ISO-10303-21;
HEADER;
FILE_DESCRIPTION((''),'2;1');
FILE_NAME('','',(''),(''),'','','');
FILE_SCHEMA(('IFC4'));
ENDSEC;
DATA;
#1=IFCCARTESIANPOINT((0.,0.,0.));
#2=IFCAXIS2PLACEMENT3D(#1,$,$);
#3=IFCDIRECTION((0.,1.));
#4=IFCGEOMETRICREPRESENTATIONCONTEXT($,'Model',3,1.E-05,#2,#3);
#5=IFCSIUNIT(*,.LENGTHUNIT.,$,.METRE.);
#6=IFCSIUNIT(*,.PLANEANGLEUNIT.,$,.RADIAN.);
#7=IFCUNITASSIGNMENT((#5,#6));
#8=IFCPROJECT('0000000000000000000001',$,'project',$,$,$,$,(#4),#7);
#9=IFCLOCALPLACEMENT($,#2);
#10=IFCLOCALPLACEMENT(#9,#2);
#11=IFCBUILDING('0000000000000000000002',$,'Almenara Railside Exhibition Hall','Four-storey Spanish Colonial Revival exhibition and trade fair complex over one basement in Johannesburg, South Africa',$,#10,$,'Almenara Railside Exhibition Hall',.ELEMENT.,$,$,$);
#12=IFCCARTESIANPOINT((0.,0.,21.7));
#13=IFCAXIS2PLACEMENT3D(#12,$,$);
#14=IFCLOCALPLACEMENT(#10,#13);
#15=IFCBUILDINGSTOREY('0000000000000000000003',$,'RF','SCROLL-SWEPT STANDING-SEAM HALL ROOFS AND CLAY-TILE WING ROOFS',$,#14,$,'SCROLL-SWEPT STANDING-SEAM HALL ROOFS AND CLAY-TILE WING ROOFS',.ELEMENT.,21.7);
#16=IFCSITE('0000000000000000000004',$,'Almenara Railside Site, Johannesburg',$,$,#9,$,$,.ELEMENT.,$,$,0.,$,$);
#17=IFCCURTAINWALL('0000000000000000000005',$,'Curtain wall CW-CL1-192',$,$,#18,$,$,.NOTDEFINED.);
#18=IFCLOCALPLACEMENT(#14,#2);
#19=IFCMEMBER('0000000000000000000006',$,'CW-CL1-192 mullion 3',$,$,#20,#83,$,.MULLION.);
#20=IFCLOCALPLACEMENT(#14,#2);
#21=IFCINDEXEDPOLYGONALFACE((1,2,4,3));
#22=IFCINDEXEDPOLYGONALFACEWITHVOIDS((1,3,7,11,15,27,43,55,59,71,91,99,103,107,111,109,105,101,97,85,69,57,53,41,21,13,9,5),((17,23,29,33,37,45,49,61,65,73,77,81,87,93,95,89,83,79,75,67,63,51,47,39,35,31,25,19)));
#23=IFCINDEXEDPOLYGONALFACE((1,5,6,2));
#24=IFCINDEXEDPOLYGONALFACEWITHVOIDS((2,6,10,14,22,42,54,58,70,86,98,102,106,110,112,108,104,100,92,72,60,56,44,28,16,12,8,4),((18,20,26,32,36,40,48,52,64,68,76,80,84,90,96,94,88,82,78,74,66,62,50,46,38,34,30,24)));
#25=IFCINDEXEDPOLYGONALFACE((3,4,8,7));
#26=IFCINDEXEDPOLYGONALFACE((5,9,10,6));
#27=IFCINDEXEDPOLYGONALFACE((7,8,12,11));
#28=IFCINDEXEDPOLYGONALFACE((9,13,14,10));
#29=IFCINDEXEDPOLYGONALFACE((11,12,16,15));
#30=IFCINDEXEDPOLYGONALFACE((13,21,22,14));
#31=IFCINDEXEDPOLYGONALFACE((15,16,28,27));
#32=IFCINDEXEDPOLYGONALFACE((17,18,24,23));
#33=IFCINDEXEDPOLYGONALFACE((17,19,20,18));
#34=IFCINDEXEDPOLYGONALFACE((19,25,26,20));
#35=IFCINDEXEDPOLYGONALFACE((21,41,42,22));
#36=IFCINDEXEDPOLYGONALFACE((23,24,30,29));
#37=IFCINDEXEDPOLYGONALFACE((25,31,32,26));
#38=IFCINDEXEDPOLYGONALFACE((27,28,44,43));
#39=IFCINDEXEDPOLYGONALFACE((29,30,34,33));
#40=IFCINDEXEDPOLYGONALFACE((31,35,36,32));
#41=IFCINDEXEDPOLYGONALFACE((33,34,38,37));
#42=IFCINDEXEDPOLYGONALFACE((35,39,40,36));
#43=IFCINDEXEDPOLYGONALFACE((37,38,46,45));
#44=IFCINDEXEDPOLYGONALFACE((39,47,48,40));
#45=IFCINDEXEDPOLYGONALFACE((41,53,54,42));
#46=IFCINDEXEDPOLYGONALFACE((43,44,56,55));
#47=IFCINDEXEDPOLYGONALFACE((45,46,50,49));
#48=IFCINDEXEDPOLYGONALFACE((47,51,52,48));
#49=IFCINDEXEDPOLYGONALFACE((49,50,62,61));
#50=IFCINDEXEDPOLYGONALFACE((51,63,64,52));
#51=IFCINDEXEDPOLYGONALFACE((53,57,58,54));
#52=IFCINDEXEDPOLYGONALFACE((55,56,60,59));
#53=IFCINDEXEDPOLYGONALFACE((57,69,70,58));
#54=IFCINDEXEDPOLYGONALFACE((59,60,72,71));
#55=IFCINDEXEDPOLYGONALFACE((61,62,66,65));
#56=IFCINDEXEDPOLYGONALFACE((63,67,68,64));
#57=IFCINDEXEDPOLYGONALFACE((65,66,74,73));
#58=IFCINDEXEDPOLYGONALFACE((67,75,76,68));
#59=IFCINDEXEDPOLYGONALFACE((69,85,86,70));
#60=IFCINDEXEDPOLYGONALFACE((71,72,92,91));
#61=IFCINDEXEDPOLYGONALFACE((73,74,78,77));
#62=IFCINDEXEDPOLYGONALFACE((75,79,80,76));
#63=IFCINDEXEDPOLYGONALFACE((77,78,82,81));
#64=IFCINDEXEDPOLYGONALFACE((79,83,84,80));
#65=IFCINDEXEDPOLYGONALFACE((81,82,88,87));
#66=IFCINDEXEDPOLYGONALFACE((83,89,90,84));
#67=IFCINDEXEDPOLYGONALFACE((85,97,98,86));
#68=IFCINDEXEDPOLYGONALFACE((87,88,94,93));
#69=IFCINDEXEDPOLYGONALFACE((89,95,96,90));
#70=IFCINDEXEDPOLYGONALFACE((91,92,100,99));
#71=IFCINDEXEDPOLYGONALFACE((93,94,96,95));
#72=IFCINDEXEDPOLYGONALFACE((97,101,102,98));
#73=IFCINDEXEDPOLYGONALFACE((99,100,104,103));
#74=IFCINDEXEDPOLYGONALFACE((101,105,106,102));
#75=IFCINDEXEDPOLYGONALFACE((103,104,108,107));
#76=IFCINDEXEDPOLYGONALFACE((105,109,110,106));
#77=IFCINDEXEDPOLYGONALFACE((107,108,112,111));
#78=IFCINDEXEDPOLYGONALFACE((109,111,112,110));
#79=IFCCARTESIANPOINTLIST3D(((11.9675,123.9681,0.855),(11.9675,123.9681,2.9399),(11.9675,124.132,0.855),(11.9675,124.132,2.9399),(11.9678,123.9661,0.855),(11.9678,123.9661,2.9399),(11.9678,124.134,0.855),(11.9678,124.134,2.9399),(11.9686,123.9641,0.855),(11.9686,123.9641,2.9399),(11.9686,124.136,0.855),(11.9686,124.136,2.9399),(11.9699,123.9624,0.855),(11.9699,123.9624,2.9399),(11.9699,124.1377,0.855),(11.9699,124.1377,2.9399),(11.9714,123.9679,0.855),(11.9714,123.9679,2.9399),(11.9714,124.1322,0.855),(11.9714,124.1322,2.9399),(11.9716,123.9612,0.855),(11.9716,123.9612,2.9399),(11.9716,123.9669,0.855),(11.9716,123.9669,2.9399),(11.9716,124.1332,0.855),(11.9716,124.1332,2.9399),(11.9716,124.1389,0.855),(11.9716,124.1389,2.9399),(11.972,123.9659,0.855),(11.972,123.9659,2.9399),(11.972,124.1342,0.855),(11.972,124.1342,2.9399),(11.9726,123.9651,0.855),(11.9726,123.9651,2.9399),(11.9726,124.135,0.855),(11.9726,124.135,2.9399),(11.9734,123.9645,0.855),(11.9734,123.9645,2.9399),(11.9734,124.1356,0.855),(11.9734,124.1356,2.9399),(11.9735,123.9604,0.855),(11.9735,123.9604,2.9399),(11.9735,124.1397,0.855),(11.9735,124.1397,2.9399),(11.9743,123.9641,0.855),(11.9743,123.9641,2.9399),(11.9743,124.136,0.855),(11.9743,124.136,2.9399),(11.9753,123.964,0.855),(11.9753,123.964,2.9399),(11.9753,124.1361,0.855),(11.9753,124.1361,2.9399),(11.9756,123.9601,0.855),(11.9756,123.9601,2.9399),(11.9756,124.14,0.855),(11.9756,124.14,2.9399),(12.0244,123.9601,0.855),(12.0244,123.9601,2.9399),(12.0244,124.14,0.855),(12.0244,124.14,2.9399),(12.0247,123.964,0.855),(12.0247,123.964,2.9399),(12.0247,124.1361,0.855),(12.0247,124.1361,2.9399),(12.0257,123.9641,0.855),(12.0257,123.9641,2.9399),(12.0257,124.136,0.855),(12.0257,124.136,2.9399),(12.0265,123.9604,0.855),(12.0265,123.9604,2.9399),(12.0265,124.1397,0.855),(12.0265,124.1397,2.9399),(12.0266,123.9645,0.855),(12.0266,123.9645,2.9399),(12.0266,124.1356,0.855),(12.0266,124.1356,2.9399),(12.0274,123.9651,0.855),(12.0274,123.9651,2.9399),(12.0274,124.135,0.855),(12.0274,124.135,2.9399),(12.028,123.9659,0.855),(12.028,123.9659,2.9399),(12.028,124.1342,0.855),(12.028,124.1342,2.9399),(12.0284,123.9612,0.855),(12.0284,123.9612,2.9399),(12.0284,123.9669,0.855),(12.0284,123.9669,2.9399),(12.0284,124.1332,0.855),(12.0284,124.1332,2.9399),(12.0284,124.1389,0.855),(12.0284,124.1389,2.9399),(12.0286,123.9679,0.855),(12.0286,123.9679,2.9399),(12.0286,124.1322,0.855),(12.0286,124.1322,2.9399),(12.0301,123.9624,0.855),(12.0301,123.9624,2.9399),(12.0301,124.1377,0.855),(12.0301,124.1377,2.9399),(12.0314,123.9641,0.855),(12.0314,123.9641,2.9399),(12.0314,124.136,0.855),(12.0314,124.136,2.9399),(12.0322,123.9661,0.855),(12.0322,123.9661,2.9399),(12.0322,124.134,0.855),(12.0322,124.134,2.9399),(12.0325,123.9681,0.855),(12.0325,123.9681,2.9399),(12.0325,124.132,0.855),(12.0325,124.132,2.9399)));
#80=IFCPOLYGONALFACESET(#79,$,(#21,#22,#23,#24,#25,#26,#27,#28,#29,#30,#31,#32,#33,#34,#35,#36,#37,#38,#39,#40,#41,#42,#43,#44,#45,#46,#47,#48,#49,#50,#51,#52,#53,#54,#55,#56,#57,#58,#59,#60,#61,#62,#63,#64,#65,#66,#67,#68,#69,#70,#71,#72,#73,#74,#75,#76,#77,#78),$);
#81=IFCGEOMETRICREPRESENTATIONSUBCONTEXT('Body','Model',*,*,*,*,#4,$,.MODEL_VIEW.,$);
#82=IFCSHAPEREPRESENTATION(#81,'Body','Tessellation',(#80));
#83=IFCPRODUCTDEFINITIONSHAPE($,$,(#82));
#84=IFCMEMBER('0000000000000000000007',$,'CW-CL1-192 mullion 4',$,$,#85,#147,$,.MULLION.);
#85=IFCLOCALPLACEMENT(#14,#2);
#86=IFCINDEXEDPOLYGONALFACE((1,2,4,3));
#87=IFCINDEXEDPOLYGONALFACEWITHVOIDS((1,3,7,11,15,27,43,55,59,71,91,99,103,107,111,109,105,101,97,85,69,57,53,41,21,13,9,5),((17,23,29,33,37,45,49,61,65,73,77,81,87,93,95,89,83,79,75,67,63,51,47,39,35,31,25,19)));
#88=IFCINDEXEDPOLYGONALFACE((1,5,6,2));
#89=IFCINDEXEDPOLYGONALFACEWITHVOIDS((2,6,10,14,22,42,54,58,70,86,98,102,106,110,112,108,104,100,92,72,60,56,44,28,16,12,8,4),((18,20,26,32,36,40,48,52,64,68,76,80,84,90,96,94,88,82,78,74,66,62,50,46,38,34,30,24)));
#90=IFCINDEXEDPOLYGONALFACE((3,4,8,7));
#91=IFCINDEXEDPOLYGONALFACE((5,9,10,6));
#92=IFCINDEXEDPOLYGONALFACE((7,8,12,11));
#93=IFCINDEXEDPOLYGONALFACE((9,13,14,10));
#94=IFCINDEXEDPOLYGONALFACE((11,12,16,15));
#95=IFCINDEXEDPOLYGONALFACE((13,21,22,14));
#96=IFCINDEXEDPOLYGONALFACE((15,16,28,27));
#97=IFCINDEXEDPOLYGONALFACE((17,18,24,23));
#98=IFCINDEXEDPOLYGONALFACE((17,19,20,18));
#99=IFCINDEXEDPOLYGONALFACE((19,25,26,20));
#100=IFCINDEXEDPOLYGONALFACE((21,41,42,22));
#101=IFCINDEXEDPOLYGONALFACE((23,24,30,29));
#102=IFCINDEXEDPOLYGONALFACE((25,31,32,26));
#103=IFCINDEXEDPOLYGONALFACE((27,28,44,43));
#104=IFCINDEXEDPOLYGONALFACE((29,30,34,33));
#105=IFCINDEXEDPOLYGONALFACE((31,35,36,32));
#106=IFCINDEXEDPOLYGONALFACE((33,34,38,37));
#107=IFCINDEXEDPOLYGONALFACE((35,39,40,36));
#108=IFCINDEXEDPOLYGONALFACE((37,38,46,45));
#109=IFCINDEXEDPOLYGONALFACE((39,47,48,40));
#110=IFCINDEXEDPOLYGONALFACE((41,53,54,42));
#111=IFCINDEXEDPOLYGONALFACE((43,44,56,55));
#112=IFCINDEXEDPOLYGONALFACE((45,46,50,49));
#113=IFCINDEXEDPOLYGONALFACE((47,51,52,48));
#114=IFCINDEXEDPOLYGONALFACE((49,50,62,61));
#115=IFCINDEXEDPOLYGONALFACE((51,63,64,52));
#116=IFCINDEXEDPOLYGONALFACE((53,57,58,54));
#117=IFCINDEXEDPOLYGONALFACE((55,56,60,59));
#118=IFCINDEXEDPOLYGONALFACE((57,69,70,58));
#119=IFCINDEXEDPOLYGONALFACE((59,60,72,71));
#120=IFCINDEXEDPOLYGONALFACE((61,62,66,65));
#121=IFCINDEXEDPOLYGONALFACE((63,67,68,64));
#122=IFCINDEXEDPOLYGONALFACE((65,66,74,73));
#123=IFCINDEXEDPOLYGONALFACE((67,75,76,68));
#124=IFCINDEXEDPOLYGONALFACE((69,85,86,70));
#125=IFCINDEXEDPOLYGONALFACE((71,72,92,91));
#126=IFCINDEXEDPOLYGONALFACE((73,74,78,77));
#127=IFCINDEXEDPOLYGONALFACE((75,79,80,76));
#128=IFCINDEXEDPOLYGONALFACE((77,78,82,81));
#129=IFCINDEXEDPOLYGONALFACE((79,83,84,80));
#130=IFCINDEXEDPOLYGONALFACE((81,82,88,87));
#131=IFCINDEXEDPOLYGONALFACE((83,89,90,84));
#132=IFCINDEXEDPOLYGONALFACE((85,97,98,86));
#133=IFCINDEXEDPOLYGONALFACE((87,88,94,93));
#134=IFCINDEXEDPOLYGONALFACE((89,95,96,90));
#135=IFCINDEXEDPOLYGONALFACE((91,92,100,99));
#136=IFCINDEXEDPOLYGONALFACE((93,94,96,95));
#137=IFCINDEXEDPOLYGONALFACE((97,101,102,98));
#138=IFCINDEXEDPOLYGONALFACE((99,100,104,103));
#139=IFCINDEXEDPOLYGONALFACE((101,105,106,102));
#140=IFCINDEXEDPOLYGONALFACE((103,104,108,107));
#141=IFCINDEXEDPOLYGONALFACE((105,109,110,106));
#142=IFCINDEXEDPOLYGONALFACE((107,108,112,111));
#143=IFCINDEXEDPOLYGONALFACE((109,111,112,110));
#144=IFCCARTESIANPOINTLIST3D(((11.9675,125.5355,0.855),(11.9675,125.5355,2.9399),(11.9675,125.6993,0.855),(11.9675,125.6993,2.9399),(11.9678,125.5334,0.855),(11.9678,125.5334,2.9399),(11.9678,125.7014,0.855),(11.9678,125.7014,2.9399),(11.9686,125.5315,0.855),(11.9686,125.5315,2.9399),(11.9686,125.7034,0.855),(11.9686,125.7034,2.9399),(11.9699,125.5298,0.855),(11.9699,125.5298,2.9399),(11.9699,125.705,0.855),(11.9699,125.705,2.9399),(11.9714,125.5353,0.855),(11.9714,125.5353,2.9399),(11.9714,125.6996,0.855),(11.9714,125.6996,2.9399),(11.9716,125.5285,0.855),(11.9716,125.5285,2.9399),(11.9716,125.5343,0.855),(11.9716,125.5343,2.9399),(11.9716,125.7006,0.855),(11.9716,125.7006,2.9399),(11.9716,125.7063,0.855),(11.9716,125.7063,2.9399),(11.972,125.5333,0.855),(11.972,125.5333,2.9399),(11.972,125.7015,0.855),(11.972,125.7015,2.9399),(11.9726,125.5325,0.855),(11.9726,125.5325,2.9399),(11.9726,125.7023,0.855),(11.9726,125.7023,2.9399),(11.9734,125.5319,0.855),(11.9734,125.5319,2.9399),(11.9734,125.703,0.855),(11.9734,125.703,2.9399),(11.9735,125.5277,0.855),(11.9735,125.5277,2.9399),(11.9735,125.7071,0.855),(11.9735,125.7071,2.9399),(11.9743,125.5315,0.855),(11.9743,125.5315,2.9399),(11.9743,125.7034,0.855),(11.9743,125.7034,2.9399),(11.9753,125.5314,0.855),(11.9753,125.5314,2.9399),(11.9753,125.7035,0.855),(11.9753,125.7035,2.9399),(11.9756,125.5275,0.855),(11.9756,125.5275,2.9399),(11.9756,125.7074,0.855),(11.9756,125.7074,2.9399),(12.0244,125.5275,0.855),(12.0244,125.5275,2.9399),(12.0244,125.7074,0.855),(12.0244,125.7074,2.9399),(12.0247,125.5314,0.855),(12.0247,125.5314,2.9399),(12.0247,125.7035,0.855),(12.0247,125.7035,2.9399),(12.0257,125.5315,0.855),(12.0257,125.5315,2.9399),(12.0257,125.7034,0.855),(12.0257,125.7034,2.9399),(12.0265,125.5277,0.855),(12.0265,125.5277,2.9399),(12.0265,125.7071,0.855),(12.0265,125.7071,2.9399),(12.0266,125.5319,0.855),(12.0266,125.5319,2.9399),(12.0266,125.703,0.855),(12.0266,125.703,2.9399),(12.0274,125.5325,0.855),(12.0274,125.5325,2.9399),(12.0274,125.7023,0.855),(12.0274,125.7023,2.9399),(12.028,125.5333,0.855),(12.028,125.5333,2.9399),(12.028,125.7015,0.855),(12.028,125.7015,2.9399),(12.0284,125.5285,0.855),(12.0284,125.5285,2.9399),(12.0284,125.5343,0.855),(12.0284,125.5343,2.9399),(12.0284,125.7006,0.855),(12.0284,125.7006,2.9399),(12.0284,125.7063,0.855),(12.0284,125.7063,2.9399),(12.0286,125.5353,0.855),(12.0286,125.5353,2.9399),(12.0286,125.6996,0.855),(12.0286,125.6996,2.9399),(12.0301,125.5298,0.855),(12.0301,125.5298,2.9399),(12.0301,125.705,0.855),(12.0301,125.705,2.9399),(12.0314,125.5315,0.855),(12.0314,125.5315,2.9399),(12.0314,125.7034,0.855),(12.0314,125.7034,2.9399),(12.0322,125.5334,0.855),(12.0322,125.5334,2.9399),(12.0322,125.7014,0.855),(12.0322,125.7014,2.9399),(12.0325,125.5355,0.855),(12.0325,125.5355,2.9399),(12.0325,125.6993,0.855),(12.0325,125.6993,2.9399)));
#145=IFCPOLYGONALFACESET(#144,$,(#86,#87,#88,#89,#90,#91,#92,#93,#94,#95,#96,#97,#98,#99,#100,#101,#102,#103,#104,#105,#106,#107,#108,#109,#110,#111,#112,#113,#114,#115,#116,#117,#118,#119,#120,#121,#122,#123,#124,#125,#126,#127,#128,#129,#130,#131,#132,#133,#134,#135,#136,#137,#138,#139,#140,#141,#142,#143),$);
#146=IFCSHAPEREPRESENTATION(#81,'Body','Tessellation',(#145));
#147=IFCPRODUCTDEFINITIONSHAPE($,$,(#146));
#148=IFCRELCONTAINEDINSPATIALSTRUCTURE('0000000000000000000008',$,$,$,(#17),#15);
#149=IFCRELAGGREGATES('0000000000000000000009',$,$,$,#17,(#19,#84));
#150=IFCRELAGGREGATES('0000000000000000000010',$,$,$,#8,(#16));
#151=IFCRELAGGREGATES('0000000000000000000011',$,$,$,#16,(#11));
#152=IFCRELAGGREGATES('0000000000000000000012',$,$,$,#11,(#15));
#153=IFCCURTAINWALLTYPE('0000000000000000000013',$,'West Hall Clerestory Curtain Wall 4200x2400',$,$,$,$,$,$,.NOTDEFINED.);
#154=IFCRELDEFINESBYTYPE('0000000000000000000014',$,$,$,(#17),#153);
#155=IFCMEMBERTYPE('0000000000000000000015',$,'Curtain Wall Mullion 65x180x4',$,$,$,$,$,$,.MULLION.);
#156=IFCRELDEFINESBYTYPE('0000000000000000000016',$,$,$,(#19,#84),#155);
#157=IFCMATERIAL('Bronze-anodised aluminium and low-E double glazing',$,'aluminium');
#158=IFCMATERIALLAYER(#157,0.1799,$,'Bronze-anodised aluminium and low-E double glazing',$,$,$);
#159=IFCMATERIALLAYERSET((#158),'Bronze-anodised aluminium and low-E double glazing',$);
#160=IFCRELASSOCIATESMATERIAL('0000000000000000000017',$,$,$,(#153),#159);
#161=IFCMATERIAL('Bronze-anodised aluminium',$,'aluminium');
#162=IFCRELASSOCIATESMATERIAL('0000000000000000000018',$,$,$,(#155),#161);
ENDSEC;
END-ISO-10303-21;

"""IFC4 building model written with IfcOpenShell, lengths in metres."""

from ifc_helpers import new_model, si_unit, direction, frame, origin, origin_2d, place, context, subcontext, project, spatial, hollow_rectangle, extrude, material, layer, layer_set, material_profile, profile_set, type_object, element, aggregate, save


model = new_model("IFC4")

# Units and contexts
model_context = context("Model", 3, precision=1e-05, world=origin(), true_north=direction((0.0, 1.0)))
body_context = subcontext(model_context, "Body", "Model", "MODEL_VIEW")
ifc_project = project(units=[si_unit("LENGTHUNIT", "METRE"), si_unit("PLANEANGLEUNIT", "RADIAN")], contexts=[model_context])

# Site, building, storey
site_placement = place(None, origin())
site = spatial("IfcSite", under=ifc_project, at=site_placement, Name="Almenara Railside Site, Johannesburg", CompositionType="ELEMENT", RefElevation=0.0)
building_placement = place(site_placement, origin())
building = spatial("IfcBuilding", under=site, at=building_placement, Name="Almenara Railside Exhibition Hall", Description="Four-storey Spanish Colonial Revival exhibition and trade fair complex over one basement in Johannesburg, South Africa", LongName="Almenara Railside Exhibition Hall", CompositionType="ELEMENT")
storey_placement = place(building_placement, frame((0.0, 0.0, 21.7)))
storey = spatial("IfcBuildingStorey", under=building, at=storey_placement, Name="RF", Description="SCROLL-SWEPT STANDING-SEAM HALL ROOFS AND CLAY-TILE WING ROOFS", LongName="SCROLL-SWEPT STANDING-SEAM HALL ROOFS AND CLAY-TILE WING ROOFS", CompositionType="ELEMENT", Elevation=21.7)

# Shared definitions
ifc_material_1 = material(Name="Bronze-anodised aluminium and low-E double glazing", Category="aluminium")
ifc_layer_1 = layer(ifc_material_1, 0.1799, Name="Bronze-anodised aluminium and low-E double glazing")
ifc_layer_set_1 = layer_set([ifc_layer_1], Name="Bronze-anodised aluminium and low-E double glazing")
curtain_wall_type = type_object("IfcCurtainWallType", Name="West Hall Clerestory Curtain Wall 4200x2400", PredefinedType="NOTDEFINED", material=ifc_layer_set_1)
ifc_material_2 = material(Name="Bronze-anodised aluminium", Category="aluminium")

# Curtain wall, members
curtain_wall_1_placement = place(storey_placement, origin())
curtain_wall_1 = element("IfcCurtainWall", 1, at=curtain_wall_1_placement, inside=storey, type_object=curtain_wall_type, Name="Curtain wall CW-CL1-192", PredefinedType="NOTDEFINED")
ifc_material_profile_1 = material_profile(ifc_material_2, hollow_rectangle(XDim=0.0649, YDim=0.1799, WallThickness=0.0039, InnerFilletRadius=0.0039, OuterFilletRadius=0.0081, at=origin_2d()), Name="ALU-MUL 65x180x4")
ifc_profile_set_1 = profile_set([ifc_material_profile_1], Name="Bronze-anodised aluminium")
member_type_1 = type_object("IfcMemberType", Name="Curtain Wall Mullion 65x180x4", PredefinedType="MULLION", material=ifc_profile_set_1)
member_1_placement = place(storey_placement, frame((12.0, 124.05, 0.855), z_axis=(0.0, 0.0, 1.0), x_axis=(-1.0, 0.0, 0.0)))
member_1 = element("IfcMember", 2, at=member_1_placement, type_object=member_type_1, Name="CW-CL1-192 mullion 3", PredefinedType="MULLION", context=body_context, shape_type="SweptSolid", body=[
    extrude(hollow_rectangle(XDim=0.0649, YDim=0.1799, WallThickness=0.0039, InnerFilletRadius=0.0039, OuterFilletRadius=0.0081, at=origin_2d()), origin(), (0.0, 0.0, 1.0), 2.085),
])
member_2_placement = place(storey_placement, frame((12.0, 125.6174, 0.855), z_axis=(0.0, 0.0, 1.0), x_axis=(-1.0, 0.0, 0.0)))
member_2 = element("IfcMember", 3, at=member_2_placement, type_object=member_type_1, Name="CW-CL1-192 mullion 4", PredefinedType="MULLION", context=body_context, shape_type="SweptSolid", body=[
    extrude(hollow_rectangle(XDim=0.0649, YDim=0.1799, WallThickness=0.0039, InnerFilletRadius=0.0039, OuterFilletRadius=0.0081, at=origin_2d()), origin(), (0.0, 0.0, 1.0), 2.085),
])

aggregate(curtain_wall_1, [member_1, member_2])

save(model, "model.ifc")
